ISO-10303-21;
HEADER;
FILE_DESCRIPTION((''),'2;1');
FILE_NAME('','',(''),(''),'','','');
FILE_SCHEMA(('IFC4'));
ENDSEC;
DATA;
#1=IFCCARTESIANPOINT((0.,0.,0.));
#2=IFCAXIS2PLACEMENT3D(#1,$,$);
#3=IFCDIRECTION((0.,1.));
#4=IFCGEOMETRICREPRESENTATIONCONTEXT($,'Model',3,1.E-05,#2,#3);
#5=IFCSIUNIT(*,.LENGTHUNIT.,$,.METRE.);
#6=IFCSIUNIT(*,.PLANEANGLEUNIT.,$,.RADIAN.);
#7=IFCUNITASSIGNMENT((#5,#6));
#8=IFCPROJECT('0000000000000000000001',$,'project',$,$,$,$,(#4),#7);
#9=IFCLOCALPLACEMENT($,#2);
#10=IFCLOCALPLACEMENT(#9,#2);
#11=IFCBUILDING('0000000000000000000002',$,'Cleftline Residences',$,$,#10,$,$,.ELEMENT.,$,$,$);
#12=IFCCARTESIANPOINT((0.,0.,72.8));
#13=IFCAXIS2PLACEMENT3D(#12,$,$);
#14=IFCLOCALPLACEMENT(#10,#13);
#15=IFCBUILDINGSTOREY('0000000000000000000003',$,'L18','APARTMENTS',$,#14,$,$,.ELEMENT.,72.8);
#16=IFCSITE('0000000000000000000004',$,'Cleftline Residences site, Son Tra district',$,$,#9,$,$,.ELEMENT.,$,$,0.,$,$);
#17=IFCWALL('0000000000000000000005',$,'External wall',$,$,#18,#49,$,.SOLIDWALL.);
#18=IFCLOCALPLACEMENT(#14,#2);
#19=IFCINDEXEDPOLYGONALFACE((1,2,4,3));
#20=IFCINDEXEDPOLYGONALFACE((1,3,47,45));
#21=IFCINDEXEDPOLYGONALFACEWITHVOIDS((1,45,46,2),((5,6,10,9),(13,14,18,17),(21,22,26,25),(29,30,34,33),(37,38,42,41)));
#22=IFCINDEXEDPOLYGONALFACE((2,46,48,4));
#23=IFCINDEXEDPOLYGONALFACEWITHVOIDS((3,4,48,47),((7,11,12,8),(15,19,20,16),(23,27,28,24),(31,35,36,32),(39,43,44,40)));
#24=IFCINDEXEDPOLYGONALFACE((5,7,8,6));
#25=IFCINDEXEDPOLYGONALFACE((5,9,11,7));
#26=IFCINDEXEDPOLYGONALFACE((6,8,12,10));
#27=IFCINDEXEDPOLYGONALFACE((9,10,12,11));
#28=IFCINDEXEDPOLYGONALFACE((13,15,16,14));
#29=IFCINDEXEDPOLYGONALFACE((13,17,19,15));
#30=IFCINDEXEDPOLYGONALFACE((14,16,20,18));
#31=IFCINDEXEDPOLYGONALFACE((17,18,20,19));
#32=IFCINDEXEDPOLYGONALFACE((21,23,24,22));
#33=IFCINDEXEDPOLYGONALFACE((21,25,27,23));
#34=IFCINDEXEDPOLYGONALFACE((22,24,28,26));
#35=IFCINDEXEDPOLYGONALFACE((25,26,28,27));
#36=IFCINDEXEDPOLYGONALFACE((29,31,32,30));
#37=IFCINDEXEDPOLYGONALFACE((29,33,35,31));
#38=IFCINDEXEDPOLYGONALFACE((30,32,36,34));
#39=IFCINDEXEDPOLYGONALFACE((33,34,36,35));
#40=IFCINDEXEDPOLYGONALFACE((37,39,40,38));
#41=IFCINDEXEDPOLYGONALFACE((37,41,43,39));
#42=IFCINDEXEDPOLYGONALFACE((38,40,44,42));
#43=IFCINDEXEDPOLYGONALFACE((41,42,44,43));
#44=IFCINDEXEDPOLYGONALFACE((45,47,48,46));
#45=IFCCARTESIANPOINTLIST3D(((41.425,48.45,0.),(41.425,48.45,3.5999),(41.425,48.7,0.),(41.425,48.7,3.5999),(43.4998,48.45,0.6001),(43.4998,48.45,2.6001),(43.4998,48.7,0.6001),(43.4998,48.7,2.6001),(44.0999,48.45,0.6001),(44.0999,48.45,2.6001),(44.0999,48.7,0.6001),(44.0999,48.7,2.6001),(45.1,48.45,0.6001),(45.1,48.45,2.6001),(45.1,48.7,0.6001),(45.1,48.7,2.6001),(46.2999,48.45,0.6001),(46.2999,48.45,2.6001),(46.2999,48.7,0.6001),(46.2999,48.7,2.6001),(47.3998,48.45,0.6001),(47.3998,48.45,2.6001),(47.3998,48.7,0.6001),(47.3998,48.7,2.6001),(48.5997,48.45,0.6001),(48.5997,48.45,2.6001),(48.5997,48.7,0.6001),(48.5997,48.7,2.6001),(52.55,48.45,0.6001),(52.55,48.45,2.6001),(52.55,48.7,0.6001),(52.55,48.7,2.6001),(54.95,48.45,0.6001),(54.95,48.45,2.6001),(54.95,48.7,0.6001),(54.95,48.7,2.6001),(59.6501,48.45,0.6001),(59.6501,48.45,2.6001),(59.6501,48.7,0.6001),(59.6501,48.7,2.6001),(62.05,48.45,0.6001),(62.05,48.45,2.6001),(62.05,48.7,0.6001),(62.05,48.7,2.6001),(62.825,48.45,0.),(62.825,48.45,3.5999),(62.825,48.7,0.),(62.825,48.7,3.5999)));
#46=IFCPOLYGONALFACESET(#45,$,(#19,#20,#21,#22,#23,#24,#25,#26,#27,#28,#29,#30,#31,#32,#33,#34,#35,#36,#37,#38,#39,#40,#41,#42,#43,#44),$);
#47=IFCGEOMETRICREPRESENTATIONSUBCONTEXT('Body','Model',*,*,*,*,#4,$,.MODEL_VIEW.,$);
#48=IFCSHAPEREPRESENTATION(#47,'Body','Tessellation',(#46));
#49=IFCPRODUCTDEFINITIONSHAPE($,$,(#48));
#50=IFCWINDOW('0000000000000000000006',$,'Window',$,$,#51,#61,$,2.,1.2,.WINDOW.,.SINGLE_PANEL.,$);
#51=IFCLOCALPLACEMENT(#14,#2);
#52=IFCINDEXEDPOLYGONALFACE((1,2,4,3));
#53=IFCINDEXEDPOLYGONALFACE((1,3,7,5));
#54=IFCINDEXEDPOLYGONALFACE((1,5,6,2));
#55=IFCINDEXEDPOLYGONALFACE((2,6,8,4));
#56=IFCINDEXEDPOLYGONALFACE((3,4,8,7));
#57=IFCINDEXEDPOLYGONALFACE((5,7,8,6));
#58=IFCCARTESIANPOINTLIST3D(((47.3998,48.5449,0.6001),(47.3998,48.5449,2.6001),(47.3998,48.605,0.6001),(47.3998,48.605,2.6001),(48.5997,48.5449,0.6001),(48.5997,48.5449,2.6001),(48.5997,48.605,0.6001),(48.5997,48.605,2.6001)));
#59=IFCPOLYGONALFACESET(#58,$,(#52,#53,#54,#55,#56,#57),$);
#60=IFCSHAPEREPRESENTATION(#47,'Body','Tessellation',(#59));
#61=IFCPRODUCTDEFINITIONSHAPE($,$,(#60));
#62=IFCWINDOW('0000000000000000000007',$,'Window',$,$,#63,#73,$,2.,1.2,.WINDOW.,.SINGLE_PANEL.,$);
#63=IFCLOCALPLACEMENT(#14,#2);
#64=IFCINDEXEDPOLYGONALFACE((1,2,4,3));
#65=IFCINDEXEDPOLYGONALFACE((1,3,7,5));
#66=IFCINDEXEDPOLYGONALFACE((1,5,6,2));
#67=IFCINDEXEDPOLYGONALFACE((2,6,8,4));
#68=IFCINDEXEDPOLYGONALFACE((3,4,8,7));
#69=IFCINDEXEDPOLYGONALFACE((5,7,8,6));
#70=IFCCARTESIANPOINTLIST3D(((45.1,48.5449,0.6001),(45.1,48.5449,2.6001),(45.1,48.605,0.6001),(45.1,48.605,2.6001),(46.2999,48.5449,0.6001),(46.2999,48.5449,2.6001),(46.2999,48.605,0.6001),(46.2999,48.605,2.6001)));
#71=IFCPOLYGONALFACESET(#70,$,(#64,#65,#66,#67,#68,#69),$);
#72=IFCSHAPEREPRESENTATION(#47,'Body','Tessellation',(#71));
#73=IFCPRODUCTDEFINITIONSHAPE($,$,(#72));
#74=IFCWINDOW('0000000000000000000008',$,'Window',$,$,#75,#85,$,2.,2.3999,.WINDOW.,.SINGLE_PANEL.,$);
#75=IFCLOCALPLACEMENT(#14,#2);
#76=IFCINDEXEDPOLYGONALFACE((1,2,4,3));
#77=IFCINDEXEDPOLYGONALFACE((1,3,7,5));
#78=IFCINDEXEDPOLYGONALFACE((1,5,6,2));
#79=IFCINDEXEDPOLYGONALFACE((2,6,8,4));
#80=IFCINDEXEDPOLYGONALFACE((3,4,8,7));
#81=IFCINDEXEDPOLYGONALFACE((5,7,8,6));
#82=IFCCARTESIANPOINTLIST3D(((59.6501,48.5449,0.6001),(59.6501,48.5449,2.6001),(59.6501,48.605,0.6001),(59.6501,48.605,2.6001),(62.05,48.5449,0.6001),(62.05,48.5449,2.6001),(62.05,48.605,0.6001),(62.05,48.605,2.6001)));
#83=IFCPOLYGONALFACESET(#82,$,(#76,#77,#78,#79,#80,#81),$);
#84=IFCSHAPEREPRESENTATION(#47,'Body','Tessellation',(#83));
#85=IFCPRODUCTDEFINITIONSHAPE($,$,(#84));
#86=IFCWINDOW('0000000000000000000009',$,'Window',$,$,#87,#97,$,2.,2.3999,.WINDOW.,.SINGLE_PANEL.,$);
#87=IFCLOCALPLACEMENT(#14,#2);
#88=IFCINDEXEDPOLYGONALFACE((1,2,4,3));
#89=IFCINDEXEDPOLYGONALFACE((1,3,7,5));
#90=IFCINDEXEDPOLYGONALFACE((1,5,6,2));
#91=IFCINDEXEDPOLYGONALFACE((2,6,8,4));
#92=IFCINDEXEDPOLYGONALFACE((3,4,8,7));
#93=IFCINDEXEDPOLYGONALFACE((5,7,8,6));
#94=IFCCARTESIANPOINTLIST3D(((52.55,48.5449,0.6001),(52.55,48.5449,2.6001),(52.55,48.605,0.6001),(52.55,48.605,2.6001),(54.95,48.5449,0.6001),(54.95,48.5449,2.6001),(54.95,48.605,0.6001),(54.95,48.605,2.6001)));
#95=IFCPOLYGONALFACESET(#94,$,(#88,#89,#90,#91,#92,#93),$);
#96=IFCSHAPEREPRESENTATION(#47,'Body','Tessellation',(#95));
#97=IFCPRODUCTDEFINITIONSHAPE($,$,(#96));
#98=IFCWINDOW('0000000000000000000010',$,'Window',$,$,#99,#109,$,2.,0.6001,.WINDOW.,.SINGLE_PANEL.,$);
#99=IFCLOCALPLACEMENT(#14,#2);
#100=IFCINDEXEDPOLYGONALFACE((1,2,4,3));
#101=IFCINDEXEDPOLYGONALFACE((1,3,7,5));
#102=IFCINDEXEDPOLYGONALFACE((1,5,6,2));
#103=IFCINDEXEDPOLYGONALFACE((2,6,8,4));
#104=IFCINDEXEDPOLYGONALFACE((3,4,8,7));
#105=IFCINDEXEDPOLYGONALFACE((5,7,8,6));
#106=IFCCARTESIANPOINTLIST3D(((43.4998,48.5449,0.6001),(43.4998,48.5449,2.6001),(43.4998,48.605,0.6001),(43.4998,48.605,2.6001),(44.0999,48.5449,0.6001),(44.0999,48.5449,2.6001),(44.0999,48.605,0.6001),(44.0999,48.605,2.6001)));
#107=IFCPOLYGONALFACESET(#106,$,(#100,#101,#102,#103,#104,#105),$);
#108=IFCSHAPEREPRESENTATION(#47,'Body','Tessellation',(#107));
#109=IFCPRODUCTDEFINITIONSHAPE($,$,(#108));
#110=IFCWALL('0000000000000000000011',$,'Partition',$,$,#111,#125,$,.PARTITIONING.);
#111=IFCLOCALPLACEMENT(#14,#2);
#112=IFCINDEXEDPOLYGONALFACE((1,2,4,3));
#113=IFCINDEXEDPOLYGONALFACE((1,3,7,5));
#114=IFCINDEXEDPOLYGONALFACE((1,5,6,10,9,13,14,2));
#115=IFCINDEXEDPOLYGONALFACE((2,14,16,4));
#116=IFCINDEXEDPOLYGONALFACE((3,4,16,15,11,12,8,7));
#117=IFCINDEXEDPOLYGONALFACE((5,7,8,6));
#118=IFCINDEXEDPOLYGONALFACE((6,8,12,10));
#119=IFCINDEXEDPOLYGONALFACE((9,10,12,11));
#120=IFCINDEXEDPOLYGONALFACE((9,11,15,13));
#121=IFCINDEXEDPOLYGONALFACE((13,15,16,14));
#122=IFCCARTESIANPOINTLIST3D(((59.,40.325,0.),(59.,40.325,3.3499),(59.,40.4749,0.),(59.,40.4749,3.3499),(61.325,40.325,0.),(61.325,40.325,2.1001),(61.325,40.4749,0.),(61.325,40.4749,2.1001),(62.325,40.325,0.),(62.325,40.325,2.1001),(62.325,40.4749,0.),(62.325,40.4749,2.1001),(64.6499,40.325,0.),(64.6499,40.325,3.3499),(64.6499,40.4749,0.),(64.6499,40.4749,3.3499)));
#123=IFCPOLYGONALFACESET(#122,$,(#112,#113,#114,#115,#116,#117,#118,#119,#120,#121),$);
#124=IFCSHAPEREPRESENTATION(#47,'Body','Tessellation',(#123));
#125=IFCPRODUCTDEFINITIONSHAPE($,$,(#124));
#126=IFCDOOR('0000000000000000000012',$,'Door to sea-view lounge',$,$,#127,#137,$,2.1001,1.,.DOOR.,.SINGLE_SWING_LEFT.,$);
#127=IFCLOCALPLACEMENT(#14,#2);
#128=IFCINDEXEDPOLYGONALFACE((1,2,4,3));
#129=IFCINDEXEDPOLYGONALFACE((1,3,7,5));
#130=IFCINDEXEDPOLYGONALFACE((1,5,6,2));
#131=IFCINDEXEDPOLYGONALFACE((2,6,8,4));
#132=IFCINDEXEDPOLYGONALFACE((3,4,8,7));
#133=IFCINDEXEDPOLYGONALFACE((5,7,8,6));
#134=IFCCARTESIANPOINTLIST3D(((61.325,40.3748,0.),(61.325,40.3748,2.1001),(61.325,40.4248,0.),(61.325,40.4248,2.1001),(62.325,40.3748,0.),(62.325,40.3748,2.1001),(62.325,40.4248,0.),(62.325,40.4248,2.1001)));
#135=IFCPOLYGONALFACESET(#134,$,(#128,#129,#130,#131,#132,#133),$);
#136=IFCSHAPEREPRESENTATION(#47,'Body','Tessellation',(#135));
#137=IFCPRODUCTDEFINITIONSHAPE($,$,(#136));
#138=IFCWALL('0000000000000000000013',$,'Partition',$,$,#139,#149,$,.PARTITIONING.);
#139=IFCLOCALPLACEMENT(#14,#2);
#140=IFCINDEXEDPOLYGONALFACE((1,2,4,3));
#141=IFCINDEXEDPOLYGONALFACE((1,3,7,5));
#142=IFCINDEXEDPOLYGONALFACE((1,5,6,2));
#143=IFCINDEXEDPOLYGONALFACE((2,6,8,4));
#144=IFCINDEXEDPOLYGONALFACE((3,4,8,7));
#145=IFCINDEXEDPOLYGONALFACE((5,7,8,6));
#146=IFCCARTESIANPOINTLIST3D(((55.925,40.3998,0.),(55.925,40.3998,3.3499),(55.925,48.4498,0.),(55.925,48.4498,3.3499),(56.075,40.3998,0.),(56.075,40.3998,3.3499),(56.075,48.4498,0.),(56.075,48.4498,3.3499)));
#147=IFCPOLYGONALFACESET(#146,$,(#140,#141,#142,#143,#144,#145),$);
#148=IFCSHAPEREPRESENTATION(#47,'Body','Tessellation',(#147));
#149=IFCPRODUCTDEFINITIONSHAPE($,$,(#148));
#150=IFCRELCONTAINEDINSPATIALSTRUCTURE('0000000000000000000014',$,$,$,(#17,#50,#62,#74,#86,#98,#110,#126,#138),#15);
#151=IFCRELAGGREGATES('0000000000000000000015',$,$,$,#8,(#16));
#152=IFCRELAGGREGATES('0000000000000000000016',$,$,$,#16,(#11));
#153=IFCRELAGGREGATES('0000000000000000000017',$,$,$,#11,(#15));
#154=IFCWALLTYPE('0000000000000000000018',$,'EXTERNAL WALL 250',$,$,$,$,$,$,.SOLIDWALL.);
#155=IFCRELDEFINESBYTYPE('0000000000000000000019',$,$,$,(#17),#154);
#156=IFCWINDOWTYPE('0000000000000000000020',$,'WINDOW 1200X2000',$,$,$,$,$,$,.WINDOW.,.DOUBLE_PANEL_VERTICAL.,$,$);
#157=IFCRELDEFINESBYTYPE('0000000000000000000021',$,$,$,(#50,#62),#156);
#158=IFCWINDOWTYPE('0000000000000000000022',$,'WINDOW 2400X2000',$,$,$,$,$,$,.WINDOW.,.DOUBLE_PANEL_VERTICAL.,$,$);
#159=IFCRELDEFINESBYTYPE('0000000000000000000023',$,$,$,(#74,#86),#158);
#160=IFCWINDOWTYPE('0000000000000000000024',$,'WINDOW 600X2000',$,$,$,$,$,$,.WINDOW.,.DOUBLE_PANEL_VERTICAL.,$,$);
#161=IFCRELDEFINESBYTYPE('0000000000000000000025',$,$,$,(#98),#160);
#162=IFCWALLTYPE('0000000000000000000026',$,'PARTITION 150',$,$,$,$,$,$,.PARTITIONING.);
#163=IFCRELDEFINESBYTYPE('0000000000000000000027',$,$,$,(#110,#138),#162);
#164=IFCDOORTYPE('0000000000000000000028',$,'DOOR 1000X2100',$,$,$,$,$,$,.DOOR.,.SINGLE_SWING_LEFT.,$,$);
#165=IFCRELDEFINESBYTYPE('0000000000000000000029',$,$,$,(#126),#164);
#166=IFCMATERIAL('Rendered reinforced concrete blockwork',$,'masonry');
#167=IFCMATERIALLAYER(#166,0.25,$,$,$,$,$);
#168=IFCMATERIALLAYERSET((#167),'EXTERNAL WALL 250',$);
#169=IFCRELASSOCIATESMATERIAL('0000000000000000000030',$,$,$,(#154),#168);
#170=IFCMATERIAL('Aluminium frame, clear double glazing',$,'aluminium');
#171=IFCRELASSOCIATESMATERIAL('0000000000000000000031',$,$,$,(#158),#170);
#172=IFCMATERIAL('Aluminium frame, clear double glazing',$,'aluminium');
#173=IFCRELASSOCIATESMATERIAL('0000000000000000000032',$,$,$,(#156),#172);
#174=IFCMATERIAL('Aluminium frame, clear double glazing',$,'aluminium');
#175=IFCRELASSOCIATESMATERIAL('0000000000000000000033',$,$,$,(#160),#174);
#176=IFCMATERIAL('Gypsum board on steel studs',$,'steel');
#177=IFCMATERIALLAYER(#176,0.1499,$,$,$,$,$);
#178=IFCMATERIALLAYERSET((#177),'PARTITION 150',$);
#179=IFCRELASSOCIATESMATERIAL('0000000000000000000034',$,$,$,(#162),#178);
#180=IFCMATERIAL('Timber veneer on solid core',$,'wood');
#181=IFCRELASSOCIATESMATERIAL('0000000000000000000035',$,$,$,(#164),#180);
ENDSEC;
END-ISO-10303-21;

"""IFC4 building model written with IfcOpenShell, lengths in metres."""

from ifc_helpers import new_model, si_unit, direction, frame, frame_2d, origin, place, context, subcontext, project, spatial, rectangle, extrude, material, layer, layer_set, type_object, element, fill, save


model = new_model("IFC4")

# Units and contexts
model_context = context("Model", 3, precision=1e-05, world=origin(), true_north=direction((0.0, 1.0)))
body_context = subcontext(model_context, "Body", "Model", "MODEL_VIEW")
ifc_project = project(units=[si_unit("LENGTHUNIT", "METRE"), si_unit("PLANEANGLEUNIT", "RADIAN")], contexts=[model_context])

# Site, building, storey
site_placement = place(None, origin())
site = spatial("IfcSite", under=ifc_project, at=site_placement, Name="Cleftline Residences site, Son Tra district", CompositionType="ELEMENT", RefElevation=0.0)
building_placement = place(site_placement, origin())
building = spatial("IfcBuilding", under=site, at=building_placement, Name="Cleftline Residences", CompositionType="ELEMENT")
storey_placement = place(building_placement, frame((0.0, 0.0, 72.8)))
storey = spatial("IfcBuildingStorey", under=building, at=storey_placement, Name="L18", Description="APARTMENTS", CompositionType="ELEMENT", Elevation=72.8)

# Shared definitions
ifc_material_1 = material(Name="Rendered reinforced concrete blockwork", Category="masonry")
ifc_layer_1 = layer(ifc_material_1, 0.25)
ifc_layer_set_1 = layer_set([ifc_layer_1], Name="EXTERNAL WALL 250")
wall_type_1 = type_object("IfcWallType", Name="EXTERNAL WALL 250", PredefinedType="SOLIDWALL", material=ifc_layer_set_1)
ifc_material_2 = material(Name="Aluminium frame, clear double glazing", Category="aluminium")
window_type_1 = type_object("IfcWindowType", Name="WINDOW 2400X2000", PartitioningType="DOUBLE_PANEL_VERTICAL", PredefinedType="WINDOW", material=ifc_material_2)

# Wall, openings, windows
wall_1_placement = place(storey_placement, frame((62.825, 48.575, 0.0), z_axis=(0.0, 0.0, 1.0), x_axis=(-1.0, 0.0, 0.0)))
wall_1 = element("IfcWall", 1, at=wall_1_placement, inside=storey, type_object=wall_type_1, Name="External wall", PredefinedType="SOLIDWALL", context=body_context, shape_type="SweptSolid", body=[
    extrude(rectangle(XDim=21.3999, YDim=0.25, at=frame_2d((10.7, 0.0))), origin(), (0.0, 0.0, 1.0), 3.5999),
])
opening_1_placement = place(wall_1_placement, frame((0.7749, 0.0, 0.6001)))
opening_1 = element("IfcOpeningElement", 2, at=opening_1_placement, cuts=wall_1, PredefinedType="OPENING", context=body_context, shape_type="SweptSolid", body=[
    extrude(rectangle(XDim=2.3999, YDim=2.0, at=frame_2d((1.2, 1.0))), frame((0.0, 0.135, 0.0), z_axis=(0.0, -1.0, 0.0), x_axis=(1.0, 0.0, 0.0)), (0.0, 0.0, 1.0), 0.27),
])
opening_2_placement = place(wall_1_placement, frame((7.875, 0.0, 0.6001)))
opening_2 = element("IfcOpeningElement", 3, at=opening_2_placement, cuts=wall_1, PredefinedType="OPENING", context=body_context, shape_type="SweptSolid", body=[
    extrude(rectangle(XDim=2.3999, YDim=2.0, at=frame_2d((1.2, 1.0))), frame((0.0, 0.135, 0.0), z_axis=(0.0, -1.0, 0.0), x_axis=(1.0, 0.0, 0.0)), (0.0, 0.0, 1.0), 0.27),
])
opening_3_placement = place(wall_1_placement, frame((14.2251, 0.0, 0.6001)))
opening_3 = element("IfcOpeningElement", 4, at=opening_3_placement, cuts=wall_1, PredefinedType="OPENING", context=body_context, shape_type="SweptSolid", body=[
    extrude(rectangle(XDim=1.2, YDim=2.0, at=frame_2d((0.6001, 1.0))), frame((0.0, 0.135, 0.0), z_axis=(0.0, -1.0, 0.0), x_axis=(1.0, 0.0, 0.0)), (0.0, 0.0, 1.0), 0.27),
])
opening_4_placement = place(wall_1_placement, frame((16.5249, 0.0, 0.6001)))
opening_4 = element("IfcOpeningElement", 5, at=opening_4_placement, cuts=wall_1, PredefinedType="OPENING", context=body_context, shape_type="SweptSolid", body=[
    extrude(rectangle(XDim=1.2, YDim=2.0, at=frame_2d((0.6001, 1.0))), frame((0.0, 0.135, 0.0), z_axis=(0.0, -1.0, 0.0), x_axis=(1.0, 0.0, 0.0)), (0.0, 0.0, 1.0), 0.27),
])
opening_5_placement = place(wall_1_placement, frame((18.7251, 0.0, 0.6001)))
opening_5 = element("IfcOpeningElement", 6, at=opening_5_placement, cuts=wall_1, PredefinedType="OPENING", context=body_context, shape_type="SweptSolid", body=[
    extrude(rectangle(XDim=0.6001, YDim=2.0, at=frame_2d((0.3, 1.0))), frame((0.0, 0.135, 0.0), z_axis=(0.0, -1.0, 0.0), x_axis=(1.0, 0.0, 0.0)), (0.0, 0.0, 1.0), 0.27),
])
ifc_material_3 = material(Name="Aluminium frame, clear double glazing", Category="aluminium")
window_type_2 = type_object("IfcWindowType", Name="WINDOW 1200X2000", PartitioningType="DOUBLE_PANEL_VERTICAL", PredefinedType="WINDOW", material=ifc_material_3)
window_1_placement = place(opening_3_placement, origin())
window_1 = element("IfcWindow", 7, at=window_1_placement, inside=storey, type_object=window_type_2, Name="Window", OverallHeight=2.0, OverallWidth=1.2, PartitioningType="SINGLE_PANEL", PredefinedType="WINDOW", context=body_context, shape_type="SweptSolid", body=[
    extrude(rectangle(XDim=1.2, YDim=2.0, at=frame_2d((0.6001, 1.0))), frame((0.0, 0.03, 0.0), z_axis=(0.0, -1.0, 0.0), x_axis=(1.0, 0.0, 0.0)), (0.0, 0.0, 1.0), 0.0601),
])
fill(opening_3, window_1)
window_2_placement = place(opening_4_placement, origin())
window_2 = element("IfcWindow", 8, at=window_2_placement, inside=storey, type_object=window_type_2, Name="Window", OverallHeight=2.0, OverallWidth=1.2, PartitioningType="SINGLE_PANEL", PredefinedType="WINDOW", context=body_context, shape_type="SweptSolid", body=[
    extrude(rectangle(XDim=1.2, YDim=2.0, at=frame_2d((0.6001, 1.0))), frame((0.0, 0.03, 0.0), z_axis=(0.0, -1.0, 0.0), x_axis=(1.0, 0.0, 0.0)), (0.0, 0.0, 1.0), 0.0601),
])
fill(opening_4, window_2)
window_3_placement = place(opening_1_placement, origin())
window_3 = element("IfcWindow", 9, at=window_3_placement, inside=storey, type_object=window_type_1, Name="Window", OverallHeight=2.0, OverallWidth=2.3999, PartitioningType="SINGLE_PANEL", PredefinedType="WINDOW", context=body_context, shape_type="SweptSolid", body=[
    extrude(rectangle(XDim=2.3999, YDim=2.0, at=frame_2d((1.2, 1.0))), frame((0.0, 0.03, 0.0), z_axis=(0.0, -1.0, 0.0), x_axis=(1.0, 0.0, 0.0)), (0.0, 0.0, 1.0), 0.0601),
])
fill(opening_1, window_3)
window_4_placement = place(opening_2_placement, origin())
window_4 = element("IfcWindow", 10, at=window_4_placement, inside=storey, type_object=window_type_1, Name="Window", OverallHeight=2.0, OverallWidth=2.3999, PartitioningType="SINGLE_PANEL", PredefinedType="WINDOW", context=body_context, shape_type="SweptSolid", body=[
    extrude(rectangle(XDim=2.3999, YDim=2.0, at=frame_2d((1.2, 1.0))), frame((0.0, 0.03, 0.0), z_axis=(0.0, -1.0, 0.0), x_axis=(1.0, 0.0, 0.0)), (0.0, 0.0, 1.0), 0.0601),
])
fill(opening_2, window_4)
ifc_material_4 = material(Name="Aluminium frame, clear double glazing", Category="aluminium")
window_type_3 = type_object("IfcWindowType", Name="WINDOW 600X2000", PartitioningType="DOUBLE_PANEL_VERTICAL", PredefinedType="WINDOW", material=ifc_material_4)
window_5_placement = place(opening_5_placement, origin())
window_5 = element("IfcWindow", 11, at=window_5_placement, inside=storey, type_object=window_type_3, Name="Window", OverallHeight=2.0, OverallWidth=0.6001, PartitioningType="SINGLE_PANEL", PredefinedType="WINDOW", context=body_context, shape_type="SweptSolid", body=[
    extrude(rectangle(XDim=0.6001, YDim=2.0, at=frame_2d((0.3, 1.0))), frame((0.0, 0.03, 0.0), z_axis=(0.0, -1.0, 0.0), x_axis=(1.0, 0.0, 0.0)), (0.0, 0.0, 1.0), 0.0601),
])
fill(opening_5, window_5)

# Wall, opening, door
ifc_material_5 = material(Name="Gypsum board on steel studs", Category="steel")
ifc_layer_2 = layer(ifc_material_5, 0.1499)
ifc_layer_set_2 = layer_set([ifc_layer_2], Name="PARTITION 150")
wall_type_2 = type_object("IfcWallType", Name="PARTITION 150", PredefinedType="PARTITIONING", material=ifc_layer_set_2)
wall_2_placement = place(storey_placement, frame((59.0, 40.3999, 0.0), z_axis=(0.0, 0.0, 1.0), x_axis=(1.0, 0.0, 0.0)))
wall_2 = element("IfcWall", 12, at=wall_2_placement, inside=storey, type_object=wall_type_2, Name="Partition", PredefinedType="PARTITIONING", context=body_context, shape_type="SweptSolid", body=[
    extrude(rectangle(XDim=5.6499, YDim=0.1499, at=frame_2d((2.825, 0.0))), origin(), (0.0, 0.0, 1.0), 3.3499),
])
opening_6_placement = place(wall_2_placement, frame((2.325, 0.0, 0.0)))
opening_6 = element("IfcOpeningElement", 13, at=opening_6_placement, cuts=wall_2, PredefinedType="OPENING", context=body_context, shape_type="SweptSolid", body=[
    extrude(rectangle(XDim=1.0, YDim=2.1001, at=frame_2d((0.5, 1.05))), frame((0.0, 0.085, 0.0), z_axis=(0.0, -1.0, 0.0), x_axis=(1.0, 0.0, 0.0)), (0.0, 0.0, 1.0), 0.1699),
])
ifc_material_6 = material(Name="Timber veneer on solid core", Category="wood")
door_type = type_object("IfcDoorType", Name="DOOR 1000X2100", OperationType="SINGLE_SWING_LEFT", PredefinedType="DOOR", material=ifc_material_6)
door_placement = place(opening_6_placement, origin())
door = element("IfcDoor", 14, at=door_placement, inside=storey, type_object=door_type, Name="Door to sea-view lounge", OperationType="SINGLE_SWING_LEFT", OverallHeight=2.1001, OverallWidth=1.0, PredefinedType="DOOR", context=body_context, shape_type="SweptSolid", body=[
    extrude(rectangle(XDim=1.0, YDim=2.1001, at=frame_2d((0.5, 1.05))), frame((0.0, 0.0249, 0.0), z_axis=(0.0, -1.0, 0.0), x_axis=(1.0, 0.0, 0.0)), (0.0, 0.0, 1.0), 0.05),
])
fill(opening_6, door)

# Wall
wall_3_placement = place(storey_placement, frame((56.0, 40.3999, 0.0), z_axis=(0.0, 0.0, 1.0), x_axis=(0.0, 1.0, 0.0)))
element("IfcWall", 15, at=wall_3_placement, inside=storey, type_object=wall_type_2, Name="Partition", PredefinedType="PARTITIONING", context=body_context, shape_type="SweptSolid", body=[
    extrude(rectangle(XDim=8.05, YDim=0.1499, at=frame_2d((4.0249, 0.0))), origin(), (0.0, 0.0, 1.0), 3.3499),
])

save(model, "model.ifc")
